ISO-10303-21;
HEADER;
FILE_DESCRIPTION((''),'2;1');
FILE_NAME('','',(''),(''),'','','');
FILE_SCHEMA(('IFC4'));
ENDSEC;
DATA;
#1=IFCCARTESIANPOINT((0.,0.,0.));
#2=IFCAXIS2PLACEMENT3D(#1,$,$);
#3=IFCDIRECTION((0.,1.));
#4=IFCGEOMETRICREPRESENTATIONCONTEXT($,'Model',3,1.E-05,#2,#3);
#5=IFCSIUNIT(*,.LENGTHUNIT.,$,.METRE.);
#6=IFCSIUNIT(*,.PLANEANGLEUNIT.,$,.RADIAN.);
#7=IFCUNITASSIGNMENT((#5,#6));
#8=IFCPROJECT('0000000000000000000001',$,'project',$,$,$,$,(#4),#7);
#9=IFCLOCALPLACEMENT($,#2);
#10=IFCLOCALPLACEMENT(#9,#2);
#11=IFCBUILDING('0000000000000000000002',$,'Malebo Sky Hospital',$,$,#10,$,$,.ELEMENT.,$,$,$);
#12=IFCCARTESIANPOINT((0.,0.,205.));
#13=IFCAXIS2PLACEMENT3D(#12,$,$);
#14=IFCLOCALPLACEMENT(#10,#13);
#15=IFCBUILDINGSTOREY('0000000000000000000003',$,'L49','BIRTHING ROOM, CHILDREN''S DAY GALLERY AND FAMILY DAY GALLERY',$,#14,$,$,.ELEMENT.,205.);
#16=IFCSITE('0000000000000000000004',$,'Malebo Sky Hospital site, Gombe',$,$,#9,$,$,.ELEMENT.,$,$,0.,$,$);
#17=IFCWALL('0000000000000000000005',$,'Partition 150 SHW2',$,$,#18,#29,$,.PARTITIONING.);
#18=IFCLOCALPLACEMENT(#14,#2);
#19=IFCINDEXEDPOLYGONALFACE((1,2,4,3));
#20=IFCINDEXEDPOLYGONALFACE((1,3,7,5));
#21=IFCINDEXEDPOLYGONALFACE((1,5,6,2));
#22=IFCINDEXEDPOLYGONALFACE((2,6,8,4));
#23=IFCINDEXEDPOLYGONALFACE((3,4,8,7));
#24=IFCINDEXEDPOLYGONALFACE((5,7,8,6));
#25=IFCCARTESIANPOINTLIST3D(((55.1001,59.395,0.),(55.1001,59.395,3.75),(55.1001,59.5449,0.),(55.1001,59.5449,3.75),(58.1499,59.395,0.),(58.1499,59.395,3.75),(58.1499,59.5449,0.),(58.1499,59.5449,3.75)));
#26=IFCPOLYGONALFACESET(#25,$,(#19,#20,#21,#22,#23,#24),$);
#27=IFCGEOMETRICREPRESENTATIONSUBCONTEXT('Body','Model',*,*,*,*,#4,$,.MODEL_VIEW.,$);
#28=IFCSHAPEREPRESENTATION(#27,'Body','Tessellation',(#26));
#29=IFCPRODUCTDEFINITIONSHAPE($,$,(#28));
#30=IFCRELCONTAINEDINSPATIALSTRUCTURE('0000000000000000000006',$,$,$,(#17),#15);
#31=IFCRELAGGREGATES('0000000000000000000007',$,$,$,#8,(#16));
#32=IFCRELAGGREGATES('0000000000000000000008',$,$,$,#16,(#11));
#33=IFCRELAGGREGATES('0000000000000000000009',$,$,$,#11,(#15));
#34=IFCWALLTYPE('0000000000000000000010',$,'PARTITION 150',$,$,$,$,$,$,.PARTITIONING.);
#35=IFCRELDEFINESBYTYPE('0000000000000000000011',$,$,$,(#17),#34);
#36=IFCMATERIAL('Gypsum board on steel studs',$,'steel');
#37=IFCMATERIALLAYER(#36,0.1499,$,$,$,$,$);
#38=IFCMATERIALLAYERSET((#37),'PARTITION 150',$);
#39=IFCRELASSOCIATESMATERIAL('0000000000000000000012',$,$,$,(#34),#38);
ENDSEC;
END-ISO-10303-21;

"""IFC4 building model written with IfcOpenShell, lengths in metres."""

from ifc_helpers import new_model, si_unit, direction, frame, frame_2d, origin, place, context, subcontext, project, spatial, rectangle, extrude, material, layer, layer_set, type_object, element, save


model = new_model("IFC4")

# Units and contexts
model_context = context("Model", 3, precision=1e-05, world=origin(), true_north=direction((0.0, 1.0)))
body_context = subcontext(model_context, "Body", "Model", "MODEL_VIEW")
ifc_project = project(units=[si_unit("LENGTHUNIT", "METRE"), si_unit("PLANEANGLEUNIT", "RADIAN")], contexts=[model_context])

# Site, building, storey
site_placement = place(None, origin())
site = spatial("IfcSite", under=ifc_project, at=site_placement, Name="Malebo Sky Hospital site, Gombe", CompositionType="ELEMENT", RefElevation=0.0)
building_placement = place(site_placement, origin())
building = spatial("IfcBuilding", under=site, at=building_placement, Name="Malebo Sky Hospital", CompositionType="ELEMENT")
storey_placement = place(building_placement, frame((0.0, 0.0, 205.0)))
storey = spatial("IfcBuildingStorey", under=building, at=storey_placement, Name="L49", Description="BIRTHING ROOM, CHILDREN'S DAY GALLERY AND FAMILY DAY GALLERY", CompositionType="ELEMENT", Elevation=205.0)

# Shared definitions
ifc_material_1 = material(Name="Gypsum board on steel studs", Category="steel")
ifc_layer_1 = layer(ifc_material_1, 0.1499)
ifc_layer_set_1 = layer_set([ifc_layer_1], Name="PARTITION 150")
wall_type_1 = type_object("IfcWallType", Name="PARTITION 150", PredefinedType="PARTITIONING", material=ifc_layer_set_1)

# Wall
for number, where, z_axis, x_axis, name in (
    (1, (55.1001, 59.47, 0.0), (0.0, 0.0, 1.0), (1.0, 0.0, 0.0), "Partition 150 SHW2"),
):
    element("IfcWall", number, at=place(storey_placement, frame(where, z_axis=z_axis, x_axis=x_axis)), inside=storey, type_object=wall_type_1, Name=name, PredefinedType="PARTITIONING", context=body_context, shape_type="SweptSolid", body=[
        extrude(rectangle(XDim=3.0498, YDim=0.1499, at=frame_2d((1.5249, 0.0))), origin(), (0.0, 0.0, 1.0), 3.75),
    ])

save(model, "model.ifc")
